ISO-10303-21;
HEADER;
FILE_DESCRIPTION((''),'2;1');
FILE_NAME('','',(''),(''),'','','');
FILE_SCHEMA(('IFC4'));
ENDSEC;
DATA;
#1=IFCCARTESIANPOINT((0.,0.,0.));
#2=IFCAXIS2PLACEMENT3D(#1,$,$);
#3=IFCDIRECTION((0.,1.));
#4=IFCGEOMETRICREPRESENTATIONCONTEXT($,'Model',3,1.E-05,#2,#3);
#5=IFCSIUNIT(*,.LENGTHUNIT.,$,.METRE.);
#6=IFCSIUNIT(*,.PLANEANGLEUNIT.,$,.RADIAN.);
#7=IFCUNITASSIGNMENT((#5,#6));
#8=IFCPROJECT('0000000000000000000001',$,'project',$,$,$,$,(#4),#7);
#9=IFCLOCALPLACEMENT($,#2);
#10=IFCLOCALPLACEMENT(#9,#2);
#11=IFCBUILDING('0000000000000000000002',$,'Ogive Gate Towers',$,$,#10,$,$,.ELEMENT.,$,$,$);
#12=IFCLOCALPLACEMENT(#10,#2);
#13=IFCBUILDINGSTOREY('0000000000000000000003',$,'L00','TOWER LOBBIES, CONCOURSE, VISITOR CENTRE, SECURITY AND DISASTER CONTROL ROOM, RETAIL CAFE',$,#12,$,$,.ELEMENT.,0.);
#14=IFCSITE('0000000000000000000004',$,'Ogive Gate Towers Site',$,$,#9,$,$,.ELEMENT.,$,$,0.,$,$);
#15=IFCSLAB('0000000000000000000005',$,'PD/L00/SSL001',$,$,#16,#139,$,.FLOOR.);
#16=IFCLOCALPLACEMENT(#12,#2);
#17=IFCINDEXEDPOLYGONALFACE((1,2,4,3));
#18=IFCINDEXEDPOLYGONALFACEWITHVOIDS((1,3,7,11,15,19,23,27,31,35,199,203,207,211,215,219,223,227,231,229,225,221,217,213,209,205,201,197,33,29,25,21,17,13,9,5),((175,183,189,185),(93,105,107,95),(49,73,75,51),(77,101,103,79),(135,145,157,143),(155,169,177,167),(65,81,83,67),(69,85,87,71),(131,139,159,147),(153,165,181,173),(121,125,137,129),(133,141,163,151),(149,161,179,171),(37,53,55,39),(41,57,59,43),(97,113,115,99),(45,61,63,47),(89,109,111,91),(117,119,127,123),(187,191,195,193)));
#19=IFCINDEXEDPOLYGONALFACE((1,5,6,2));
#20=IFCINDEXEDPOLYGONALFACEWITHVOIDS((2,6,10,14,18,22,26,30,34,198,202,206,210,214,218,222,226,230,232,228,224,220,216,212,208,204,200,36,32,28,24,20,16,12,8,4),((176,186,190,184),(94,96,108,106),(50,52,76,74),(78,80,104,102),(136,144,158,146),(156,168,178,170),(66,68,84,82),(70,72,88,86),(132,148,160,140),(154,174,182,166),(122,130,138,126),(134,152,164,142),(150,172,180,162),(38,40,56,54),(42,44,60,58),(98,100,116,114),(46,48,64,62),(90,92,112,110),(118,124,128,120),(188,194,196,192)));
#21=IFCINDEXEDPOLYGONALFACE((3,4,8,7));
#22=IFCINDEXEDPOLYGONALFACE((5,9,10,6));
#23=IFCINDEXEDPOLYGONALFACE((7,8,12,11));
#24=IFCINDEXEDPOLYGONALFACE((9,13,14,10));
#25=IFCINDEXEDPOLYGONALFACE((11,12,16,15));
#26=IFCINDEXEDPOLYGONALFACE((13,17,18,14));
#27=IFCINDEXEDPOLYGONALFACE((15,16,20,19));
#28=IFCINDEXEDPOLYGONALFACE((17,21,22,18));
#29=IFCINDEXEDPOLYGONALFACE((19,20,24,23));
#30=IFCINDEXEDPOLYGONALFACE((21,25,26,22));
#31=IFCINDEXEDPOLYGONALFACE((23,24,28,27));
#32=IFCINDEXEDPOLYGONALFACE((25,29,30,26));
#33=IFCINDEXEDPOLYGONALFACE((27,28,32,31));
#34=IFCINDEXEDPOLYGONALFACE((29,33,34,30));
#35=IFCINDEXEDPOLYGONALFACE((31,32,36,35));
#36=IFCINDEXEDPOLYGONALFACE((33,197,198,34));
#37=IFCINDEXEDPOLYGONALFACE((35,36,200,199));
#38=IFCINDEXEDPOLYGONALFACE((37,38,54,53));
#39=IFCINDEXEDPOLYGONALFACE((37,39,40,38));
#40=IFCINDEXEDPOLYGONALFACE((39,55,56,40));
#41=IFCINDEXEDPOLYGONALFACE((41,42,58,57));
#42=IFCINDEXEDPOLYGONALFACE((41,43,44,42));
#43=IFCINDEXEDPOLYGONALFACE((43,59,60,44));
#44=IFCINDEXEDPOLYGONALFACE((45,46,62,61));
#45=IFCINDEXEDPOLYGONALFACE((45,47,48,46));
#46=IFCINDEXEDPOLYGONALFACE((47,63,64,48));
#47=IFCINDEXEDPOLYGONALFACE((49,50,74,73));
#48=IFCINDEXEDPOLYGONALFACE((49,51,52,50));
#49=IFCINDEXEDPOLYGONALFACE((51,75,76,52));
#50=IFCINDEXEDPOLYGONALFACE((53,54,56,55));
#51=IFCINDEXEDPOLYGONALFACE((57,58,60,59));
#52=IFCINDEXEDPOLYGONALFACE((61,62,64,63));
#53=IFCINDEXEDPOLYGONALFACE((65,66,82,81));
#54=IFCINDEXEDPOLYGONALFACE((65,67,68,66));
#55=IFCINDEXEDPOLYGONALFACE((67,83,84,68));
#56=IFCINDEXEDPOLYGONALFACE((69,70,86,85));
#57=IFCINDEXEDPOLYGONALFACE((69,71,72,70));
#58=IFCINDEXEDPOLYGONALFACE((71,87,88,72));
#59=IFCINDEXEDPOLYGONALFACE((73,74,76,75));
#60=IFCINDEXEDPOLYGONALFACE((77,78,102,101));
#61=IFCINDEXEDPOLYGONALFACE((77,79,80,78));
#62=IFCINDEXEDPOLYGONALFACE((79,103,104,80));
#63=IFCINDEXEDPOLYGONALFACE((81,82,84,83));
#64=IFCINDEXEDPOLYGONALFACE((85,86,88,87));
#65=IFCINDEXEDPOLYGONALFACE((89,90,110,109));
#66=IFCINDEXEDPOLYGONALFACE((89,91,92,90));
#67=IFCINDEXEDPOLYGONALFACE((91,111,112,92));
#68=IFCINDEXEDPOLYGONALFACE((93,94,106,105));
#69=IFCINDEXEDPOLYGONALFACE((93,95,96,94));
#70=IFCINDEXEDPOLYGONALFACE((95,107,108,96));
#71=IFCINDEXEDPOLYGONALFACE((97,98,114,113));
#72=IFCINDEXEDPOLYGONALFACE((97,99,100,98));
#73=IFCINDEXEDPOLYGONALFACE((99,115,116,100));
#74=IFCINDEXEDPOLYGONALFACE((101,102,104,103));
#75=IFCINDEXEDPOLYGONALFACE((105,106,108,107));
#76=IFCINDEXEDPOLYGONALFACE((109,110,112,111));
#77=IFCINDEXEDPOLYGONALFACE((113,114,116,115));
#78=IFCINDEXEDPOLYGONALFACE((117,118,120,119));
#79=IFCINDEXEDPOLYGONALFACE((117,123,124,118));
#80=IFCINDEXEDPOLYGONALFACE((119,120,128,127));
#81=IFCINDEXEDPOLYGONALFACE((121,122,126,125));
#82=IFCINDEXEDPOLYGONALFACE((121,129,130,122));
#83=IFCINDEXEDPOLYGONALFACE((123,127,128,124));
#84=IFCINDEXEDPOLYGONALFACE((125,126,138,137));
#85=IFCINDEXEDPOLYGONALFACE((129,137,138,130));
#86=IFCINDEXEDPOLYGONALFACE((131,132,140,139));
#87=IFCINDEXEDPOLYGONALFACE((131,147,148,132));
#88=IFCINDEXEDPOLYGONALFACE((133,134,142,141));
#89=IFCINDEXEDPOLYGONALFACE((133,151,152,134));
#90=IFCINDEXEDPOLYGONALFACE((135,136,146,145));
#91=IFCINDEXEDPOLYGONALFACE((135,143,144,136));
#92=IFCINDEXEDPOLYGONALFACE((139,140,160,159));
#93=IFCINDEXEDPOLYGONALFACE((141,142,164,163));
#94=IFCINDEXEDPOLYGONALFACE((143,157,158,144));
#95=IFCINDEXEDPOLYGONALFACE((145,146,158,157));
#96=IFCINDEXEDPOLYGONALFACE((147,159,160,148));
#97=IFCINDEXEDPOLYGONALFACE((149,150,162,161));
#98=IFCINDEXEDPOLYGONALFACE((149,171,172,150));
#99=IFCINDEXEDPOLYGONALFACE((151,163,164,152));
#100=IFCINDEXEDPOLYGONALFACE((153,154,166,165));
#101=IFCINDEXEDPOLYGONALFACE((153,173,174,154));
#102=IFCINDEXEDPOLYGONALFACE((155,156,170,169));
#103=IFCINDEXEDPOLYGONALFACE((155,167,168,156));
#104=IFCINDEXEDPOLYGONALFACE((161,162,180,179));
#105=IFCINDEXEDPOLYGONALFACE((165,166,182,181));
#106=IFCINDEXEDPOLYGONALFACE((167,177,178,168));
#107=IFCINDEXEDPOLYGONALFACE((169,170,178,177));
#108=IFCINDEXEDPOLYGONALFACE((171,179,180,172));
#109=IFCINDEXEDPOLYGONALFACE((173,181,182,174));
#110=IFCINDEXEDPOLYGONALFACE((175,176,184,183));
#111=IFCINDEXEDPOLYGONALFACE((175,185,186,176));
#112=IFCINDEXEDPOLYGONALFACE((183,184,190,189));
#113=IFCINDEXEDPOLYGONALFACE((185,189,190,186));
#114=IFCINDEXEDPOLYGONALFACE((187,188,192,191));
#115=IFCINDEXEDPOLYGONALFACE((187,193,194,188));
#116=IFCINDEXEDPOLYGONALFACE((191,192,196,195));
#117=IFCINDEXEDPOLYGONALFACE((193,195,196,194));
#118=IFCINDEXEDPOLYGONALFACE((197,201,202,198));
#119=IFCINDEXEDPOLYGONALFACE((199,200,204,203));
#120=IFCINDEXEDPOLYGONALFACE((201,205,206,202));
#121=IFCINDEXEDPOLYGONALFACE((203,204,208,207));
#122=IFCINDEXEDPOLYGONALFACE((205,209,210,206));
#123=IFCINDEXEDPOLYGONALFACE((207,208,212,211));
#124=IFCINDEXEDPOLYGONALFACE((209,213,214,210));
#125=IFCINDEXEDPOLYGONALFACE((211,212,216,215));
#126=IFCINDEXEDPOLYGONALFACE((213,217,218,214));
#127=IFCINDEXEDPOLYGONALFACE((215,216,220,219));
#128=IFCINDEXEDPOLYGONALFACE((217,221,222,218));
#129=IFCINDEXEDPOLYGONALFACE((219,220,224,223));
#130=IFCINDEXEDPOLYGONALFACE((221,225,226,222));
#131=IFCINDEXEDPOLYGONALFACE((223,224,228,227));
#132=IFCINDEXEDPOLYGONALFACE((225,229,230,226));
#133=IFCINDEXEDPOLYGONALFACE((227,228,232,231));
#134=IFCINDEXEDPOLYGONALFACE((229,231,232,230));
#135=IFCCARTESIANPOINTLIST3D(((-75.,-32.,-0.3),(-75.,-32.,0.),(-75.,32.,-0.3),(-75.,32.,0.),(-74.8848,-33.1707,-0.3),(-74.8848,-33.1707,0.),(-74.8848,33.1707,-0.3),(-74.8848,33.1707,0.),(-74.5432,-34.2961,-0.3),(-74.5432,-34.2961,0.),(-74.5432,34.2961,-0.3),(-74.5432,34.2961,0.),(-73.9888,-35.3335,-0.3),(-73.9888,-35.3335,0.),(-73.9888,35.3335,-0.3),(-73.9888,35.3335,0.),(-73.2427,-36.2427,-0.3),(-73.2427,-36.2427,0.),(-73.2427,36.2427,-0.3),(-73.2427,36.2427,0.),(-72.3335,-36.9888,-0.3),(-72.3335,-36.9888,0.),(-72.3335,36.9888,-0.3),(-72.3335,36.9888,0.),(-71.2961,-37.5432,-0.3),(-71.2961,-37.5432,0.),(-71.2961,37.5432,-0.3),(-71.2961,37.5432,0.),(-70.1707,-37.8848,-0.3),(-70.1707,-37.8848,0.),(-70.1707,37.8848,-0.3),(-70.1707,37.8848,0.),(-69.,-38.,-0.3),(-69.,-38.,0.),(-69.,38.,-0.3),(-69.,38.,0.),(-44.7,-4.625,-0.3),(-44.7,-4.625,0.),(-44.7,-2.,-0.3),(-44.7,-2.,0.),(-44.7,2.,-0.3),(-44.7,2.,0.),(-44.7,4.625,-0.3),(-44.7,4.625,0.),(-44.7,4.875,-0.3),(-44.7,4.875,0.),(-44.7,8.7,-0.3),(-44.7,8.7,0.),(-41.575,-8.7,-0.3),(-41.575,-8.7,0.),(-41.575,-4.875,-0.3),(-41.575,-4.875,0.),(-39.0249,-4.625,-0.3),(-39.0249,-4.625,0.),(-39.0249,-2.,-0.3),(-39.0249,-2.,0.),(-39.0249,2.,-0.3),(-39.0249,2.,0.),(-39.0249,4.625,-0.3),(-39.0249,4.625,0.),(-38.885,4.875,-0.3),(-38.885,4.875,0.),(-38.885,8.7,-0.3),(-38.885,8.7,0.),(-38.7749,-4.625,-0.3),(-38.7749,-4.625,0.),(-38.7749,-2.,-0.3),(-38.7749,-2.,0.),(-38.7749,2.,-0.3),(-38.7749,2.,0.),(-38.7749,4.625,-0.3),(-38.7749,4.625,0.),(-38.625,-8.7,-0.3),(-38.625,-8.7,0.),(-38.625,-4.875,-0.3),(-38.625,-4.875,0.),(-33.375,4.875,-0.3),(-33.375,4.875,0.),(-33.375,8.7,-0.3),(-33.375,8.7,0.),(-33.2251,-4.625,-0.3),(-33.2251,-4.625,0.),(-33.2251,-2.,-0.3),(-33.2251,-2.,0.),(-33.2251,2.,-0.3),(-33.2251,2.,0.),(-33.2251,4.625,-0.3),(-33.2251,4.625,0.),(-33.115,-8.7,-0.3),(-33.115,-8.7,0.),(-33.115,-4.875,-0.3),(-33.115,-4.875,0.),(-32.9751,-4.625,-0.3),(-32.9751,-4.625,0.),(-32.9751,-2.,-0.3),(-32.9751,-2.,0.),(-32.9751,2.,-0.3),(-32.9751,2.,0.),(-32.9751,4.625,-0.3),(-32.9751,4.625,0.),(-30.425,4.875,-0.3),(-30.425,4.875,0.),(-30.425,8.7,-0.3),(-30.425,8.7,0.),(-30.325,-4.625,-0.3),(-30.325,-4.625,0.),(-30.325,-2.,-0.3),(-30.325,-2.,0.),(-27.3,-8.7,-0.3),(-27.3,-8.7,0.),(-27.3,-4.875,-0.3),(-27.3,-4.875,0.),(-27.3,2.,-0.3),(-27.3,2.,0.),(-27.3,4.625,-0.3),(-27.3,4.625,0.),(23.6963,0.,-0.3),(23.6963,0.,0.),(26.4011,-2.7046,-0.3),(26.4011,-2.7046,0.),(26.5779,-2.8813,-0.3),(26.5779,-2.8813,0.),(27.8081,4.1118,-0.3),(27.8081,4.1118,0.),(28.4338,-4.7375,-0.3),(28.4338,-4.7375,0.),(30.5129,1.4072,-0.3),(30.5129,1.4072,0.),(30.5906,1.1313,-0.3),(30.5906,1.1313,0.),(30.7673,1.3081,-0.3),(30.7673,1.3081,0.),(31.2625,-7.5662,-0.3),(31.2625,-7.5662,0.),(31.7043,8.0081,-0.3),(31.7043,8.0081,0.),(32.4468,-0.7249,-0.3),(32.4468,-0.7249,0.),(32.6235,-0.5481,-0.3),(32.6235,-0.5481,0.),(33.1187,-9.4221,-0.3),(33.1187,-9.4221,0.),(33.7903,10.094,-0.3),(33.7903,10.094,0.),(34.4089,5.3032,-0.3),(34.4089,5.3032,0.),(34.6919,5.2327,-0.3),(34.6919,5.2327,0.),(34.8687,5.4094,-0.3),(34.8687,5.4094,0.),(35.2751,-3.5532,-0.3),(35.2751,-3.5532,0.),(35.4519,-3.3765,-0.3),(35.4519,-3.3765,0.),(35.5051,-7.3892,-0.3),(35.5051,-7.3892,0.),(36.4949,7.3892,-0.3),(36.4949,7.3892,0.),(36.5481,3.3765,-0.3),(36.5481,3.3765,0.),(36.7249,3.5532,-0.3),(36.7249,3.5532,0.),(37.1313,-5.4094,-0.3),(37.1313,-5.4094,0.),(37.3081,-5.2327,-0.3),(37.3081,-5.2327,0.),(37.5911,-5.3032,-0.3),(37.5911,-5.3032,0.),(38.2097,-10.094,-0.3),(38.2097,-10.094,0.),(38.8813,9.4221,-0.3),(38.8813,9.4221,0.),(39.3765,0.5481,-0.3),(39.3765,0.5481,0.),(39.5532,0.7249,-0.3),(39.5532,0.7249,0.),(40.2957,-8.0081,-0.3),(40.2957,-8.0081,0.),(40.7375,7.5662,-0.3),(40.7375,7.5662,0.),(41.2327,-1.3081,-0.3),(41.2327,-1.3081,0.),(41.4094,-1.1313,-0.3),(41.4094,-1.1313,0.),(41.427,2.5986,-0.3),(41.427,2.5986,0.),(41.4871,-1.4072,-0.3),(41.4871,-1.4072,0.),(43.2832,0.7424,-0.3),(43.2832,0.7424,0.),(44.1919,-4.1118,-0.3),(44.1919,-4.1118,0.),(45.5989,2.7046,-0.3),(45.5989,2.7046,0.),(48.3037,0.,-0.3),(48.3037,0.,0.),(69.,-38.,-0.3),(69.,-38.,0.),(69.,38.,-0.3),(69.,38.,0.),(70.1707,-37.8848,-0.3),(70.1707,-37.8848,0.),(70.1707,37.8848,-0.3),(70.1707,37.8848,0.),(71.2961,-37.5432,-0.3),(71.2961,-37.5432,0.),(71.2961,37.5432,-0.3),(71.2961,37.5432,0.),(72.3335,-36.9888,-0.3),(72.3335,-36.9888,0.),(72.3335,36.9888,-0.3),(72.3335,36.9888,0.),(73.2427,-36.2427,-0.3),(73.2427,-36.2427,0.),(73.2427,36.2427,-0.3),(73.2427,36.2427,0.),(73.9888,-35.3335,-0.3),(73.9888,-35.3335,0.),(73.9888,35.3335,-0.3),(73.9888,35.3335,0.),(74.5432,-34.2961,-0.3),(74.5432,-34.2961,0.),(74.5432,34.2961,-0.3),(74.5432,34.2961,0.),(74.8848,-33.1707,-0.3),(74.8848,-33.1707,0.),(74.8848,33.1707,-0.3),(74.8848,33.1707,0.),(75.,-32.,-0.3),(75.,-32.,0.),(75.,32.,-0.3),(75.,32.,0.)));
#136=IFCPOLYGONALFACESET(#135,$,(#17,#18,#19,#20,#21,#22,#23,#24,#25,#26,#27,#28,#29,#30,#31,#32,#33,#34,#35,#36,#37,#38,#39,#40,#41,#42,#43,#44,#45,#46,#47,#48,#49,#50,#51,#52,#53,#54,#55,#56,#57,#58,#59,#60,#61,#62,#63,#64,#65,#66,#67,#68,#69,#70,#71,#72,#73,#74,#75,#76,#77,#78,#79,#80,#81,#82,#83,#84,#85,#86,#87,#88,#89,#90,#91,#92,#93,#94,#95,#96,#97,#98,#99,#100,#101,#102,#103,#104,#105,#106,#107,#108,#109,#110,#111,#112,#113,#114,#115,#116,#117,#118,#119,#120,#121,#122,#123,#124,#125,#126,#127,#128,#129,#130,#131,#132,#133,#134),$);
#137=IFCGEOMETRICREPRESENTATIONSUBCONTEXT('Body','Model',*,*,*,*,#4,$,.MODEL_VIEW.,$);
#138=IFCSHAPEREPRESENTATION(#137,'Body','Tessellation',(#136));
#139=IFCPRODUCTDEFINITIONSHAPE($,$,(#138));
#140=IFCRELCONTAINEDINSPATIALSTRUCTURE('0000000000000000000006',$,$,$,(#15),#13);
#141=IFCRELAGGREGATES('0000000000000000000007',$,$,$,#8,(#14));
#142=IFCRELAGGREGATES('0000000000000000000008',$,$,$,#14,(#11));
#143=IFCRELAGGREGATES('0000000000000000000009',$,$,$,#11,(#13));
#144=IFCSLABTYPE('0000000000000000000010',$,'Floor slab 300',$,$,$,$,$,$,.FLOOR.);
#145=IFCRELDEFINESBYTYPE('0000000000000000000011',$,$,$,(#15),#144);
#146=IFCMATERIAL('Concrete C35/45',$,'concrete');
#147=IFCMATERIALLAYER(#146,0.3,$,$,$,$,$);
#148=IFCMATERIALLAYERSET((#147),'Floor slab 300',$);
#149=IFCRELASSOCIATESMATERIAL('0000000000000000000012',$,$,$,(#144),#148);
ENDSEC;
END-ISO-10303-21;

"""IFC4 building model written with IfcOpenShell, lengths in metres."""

from ifc_helpers import new_model, si_unit, direction, frame, origin, place, context, subcontext, project, spatial, polyline, outline, extrude, material, layer, layer_set, type_object, element, save


model = new_model("IFC4")

# Units and contexts
model_context = context("Model", 3, precision=1e-05, world=origin(), true_north=direction((0.0, 1.0)))
body_context = subcontext(model_context, "Body", "Model", "MODEL_VIEW")
ifc_project = project(units=[si_unit("LENGTHUNIT", "METRE"), si_unit("PLANEANGLEUNIT", "RADIAN")], contexts=[model_context])

# Site, building, storey
site_placement = place(None, origin())
site = spatial("IfcSite", under=ifc_project, at=site_placement, Name="Ogive Gate Towers Site", CompositionType="ELEMENT", RefElevation=0.0)
building_placement = place(site_placement, origin())
building = spatial("IfcBuilding", under=site, at=building_placement, Name="Ogive Gate Towers", CompositionType="ELEMENT")
storey_placement = place(building_placement, origin())
storey = spatial("IfcBuildingStorey", under=building, at=storey_placement, Name="L00", Description="TOWER LOBBIES, CONCOURSE, VISITOR CENTRE, SECURITY AND DISASTER CONTROL ROOM, RETAIL CAFE", CompositionType="ELEMENT", Elevation=0.0)

# Slab
ifc_material_1 = material(Name="Concrete C35/45", Category="concrete")
ifc_layer_1 = layer(ifc_material_1, 0.3)
ifc_layer_set_1 = layer_set([ifc_layer_1], Name="Floor slab 300")
slab_type_1 = type_object("IfcSlabType", Name="Floor slab 300", PredefinedType="FLOOR", material=ifc_layer_set_1)
slab_1_placement = place(storey_placement, frame((0.0, 0.0, -0.3)))
element("IfcSlab", 1, at=slab_1_placement, inside=storey, type_object=slab_type_1, Name="PD/L00/SSL001", PredefinedType="FLOOR", context=body_context, shape_type="SweptSolid", body=[
    extrude(outline(polyline([(74.5432, -34.2961), (74.8848, -33.1707), (75.0, -32.0), (75.0, 32.0), (74.8848, 33.1707), (74.5432, 34.2961), (73.9888, 35.3335), (73.2427, 36.2427), (72.3335, 36.9888), (71.2961, 37.5432), (70.1707, 37.8848), (69.0, 38.0), (-69.0, 38.0), (-70.1707, 37.8848), (-71.2961, 37.5432), (-72.3335, 36.9888), (-73.2427, 36.2427), (-73.9888, 35.3335), (-74.5432, 34.2961), (-74.8848, 33.1707), (-75.0, 32.0), (-75.0, -32.0), (-74.8848, -33.1707), (-74.5432, -34.2961), (-73.9888, -35.3335), (-73.2427, -36.2427), (-72.3335, -36.9888), (-71.2961, -37.5432), (-70.1707, -37.8848), (-69.0, -38.0), (69.0, -38.0), (70.1707, -37.8848), (71.2961, -37.5432), (72.3335, -36.9888), (73.2427, -36.2427), (73.9888, -35.3335), (74.5432, -34.2961)]), holes=[polyline([(-39.0249, 2.0), (-44.7, 2.0), (-44.7, 4.625), (-39.0249, 4.625), (-39.0249, 2.0)]), polyline([(-38.7749, 4.625), (-33.2251, 4.625), (-33.2251, 2.0), (-38.7749, 2.0), (-38.7749, 4.625)]), polyline([(-27.3, 2.0), (-32.9751, 2.0), (-32.9751, 4.625), (-27.3, 4.625), (-27.3, 2.0)]), polyline([(-44.7, -2.0), (-39.0249, -2.0), (-39.0249, -4.625), (-44.7, -4.625), (-44.7, -2.0)]), polyline([(-33.2251, -4.625), (-38.7749, -4.625), (-38.7749, -2.0), (-33.2251, -2.0), (-33.2251, -4.625)]), polyline([(-32.9751, -2.0), (-30.325, -2.0), (-30.325, -4.625), (-32.9751, -4.625), (-32.9751, -2.0)]), polyline([(-30.425, 4.875), (-33.375, 4.875), (-33.375, 8.7), (-30.425, 8.7), (-30.425, 4.875)]), polyline([(-41.575, -4.875), (-38.625, -4.875), (-38.625, -8.7), (-41.575, -8.7), (-41.575, -4.875)]), polyline([(-44.7, 8.7), (-38.885, 8.7), (-38.885, 4.875), (-44.7, 4.875), (-44.7, 8.7)]), polyline([(-33.115, -4.875), (-27.3, -4.875), (-27.3, -8.7), (-33.115, -8.7), (-33.115, -4.875)]), polyline([(26.5779, -2.8813), (30.5906, 1.1313), (32.4468, -0.7249), (28.4338, -4.7375), (26.5779, -2.8813)]), polyline([(36.5481, 3.3765), (32.6235, -0.5481), (30.7673, 1.3081), (34.6919, 5.2327), (36.5481, 3.3765)]), polyline([(34.8687, 5.4094), (38.8813, 9.4221), (40.7375, 7.5662), (36.7249, 3.5532), (34.8687, 5.4094)]), polyline([(37.1313, -5.4094), (33.1187, -9.4221), (31.2625, -7.5662), (35.2751, -3.5532), (37.1313, -5.4094)]), polyline([(35.4519, -3.3765), (39.3765, 0.5481), (41.2327, -1.3081), (37.3081, -5.2327), (35.4519, -3.3765)]), polyline([(43.2832, 0.7424), (41.4094, -1.1313), (39.5532, 0.7249), (41.427, 2.5986), (43.2832, 0.7424)]), polyline([(31.7043, 8.0081), (33.7903, 10.094), (36.4949, 7.3892), (34.4089, 5.3032), (31.7043, 8.0081)]), polyline([(40.2957, -8.0081), (38.2097, -10.094), (35.5051, -7.3892), (37.5911, -5.3032), (40.2957, -8.0081)]), polyline([(30.5129, 1.4072), (26.4011, -2.7046), (23.6963, 0.0), (27.8081, 4.1118), (30.5129, 1.4072)]), polyline([(48.3037, 0.0), (44.1919, -4.1118), (41.4871, -1.4072), (45.5989, 2.7046), (48.3037, 0.0)])]), origin(), (0.0, 0.0, 1.0), 0.3),
])

save(model, "model.ifc")
